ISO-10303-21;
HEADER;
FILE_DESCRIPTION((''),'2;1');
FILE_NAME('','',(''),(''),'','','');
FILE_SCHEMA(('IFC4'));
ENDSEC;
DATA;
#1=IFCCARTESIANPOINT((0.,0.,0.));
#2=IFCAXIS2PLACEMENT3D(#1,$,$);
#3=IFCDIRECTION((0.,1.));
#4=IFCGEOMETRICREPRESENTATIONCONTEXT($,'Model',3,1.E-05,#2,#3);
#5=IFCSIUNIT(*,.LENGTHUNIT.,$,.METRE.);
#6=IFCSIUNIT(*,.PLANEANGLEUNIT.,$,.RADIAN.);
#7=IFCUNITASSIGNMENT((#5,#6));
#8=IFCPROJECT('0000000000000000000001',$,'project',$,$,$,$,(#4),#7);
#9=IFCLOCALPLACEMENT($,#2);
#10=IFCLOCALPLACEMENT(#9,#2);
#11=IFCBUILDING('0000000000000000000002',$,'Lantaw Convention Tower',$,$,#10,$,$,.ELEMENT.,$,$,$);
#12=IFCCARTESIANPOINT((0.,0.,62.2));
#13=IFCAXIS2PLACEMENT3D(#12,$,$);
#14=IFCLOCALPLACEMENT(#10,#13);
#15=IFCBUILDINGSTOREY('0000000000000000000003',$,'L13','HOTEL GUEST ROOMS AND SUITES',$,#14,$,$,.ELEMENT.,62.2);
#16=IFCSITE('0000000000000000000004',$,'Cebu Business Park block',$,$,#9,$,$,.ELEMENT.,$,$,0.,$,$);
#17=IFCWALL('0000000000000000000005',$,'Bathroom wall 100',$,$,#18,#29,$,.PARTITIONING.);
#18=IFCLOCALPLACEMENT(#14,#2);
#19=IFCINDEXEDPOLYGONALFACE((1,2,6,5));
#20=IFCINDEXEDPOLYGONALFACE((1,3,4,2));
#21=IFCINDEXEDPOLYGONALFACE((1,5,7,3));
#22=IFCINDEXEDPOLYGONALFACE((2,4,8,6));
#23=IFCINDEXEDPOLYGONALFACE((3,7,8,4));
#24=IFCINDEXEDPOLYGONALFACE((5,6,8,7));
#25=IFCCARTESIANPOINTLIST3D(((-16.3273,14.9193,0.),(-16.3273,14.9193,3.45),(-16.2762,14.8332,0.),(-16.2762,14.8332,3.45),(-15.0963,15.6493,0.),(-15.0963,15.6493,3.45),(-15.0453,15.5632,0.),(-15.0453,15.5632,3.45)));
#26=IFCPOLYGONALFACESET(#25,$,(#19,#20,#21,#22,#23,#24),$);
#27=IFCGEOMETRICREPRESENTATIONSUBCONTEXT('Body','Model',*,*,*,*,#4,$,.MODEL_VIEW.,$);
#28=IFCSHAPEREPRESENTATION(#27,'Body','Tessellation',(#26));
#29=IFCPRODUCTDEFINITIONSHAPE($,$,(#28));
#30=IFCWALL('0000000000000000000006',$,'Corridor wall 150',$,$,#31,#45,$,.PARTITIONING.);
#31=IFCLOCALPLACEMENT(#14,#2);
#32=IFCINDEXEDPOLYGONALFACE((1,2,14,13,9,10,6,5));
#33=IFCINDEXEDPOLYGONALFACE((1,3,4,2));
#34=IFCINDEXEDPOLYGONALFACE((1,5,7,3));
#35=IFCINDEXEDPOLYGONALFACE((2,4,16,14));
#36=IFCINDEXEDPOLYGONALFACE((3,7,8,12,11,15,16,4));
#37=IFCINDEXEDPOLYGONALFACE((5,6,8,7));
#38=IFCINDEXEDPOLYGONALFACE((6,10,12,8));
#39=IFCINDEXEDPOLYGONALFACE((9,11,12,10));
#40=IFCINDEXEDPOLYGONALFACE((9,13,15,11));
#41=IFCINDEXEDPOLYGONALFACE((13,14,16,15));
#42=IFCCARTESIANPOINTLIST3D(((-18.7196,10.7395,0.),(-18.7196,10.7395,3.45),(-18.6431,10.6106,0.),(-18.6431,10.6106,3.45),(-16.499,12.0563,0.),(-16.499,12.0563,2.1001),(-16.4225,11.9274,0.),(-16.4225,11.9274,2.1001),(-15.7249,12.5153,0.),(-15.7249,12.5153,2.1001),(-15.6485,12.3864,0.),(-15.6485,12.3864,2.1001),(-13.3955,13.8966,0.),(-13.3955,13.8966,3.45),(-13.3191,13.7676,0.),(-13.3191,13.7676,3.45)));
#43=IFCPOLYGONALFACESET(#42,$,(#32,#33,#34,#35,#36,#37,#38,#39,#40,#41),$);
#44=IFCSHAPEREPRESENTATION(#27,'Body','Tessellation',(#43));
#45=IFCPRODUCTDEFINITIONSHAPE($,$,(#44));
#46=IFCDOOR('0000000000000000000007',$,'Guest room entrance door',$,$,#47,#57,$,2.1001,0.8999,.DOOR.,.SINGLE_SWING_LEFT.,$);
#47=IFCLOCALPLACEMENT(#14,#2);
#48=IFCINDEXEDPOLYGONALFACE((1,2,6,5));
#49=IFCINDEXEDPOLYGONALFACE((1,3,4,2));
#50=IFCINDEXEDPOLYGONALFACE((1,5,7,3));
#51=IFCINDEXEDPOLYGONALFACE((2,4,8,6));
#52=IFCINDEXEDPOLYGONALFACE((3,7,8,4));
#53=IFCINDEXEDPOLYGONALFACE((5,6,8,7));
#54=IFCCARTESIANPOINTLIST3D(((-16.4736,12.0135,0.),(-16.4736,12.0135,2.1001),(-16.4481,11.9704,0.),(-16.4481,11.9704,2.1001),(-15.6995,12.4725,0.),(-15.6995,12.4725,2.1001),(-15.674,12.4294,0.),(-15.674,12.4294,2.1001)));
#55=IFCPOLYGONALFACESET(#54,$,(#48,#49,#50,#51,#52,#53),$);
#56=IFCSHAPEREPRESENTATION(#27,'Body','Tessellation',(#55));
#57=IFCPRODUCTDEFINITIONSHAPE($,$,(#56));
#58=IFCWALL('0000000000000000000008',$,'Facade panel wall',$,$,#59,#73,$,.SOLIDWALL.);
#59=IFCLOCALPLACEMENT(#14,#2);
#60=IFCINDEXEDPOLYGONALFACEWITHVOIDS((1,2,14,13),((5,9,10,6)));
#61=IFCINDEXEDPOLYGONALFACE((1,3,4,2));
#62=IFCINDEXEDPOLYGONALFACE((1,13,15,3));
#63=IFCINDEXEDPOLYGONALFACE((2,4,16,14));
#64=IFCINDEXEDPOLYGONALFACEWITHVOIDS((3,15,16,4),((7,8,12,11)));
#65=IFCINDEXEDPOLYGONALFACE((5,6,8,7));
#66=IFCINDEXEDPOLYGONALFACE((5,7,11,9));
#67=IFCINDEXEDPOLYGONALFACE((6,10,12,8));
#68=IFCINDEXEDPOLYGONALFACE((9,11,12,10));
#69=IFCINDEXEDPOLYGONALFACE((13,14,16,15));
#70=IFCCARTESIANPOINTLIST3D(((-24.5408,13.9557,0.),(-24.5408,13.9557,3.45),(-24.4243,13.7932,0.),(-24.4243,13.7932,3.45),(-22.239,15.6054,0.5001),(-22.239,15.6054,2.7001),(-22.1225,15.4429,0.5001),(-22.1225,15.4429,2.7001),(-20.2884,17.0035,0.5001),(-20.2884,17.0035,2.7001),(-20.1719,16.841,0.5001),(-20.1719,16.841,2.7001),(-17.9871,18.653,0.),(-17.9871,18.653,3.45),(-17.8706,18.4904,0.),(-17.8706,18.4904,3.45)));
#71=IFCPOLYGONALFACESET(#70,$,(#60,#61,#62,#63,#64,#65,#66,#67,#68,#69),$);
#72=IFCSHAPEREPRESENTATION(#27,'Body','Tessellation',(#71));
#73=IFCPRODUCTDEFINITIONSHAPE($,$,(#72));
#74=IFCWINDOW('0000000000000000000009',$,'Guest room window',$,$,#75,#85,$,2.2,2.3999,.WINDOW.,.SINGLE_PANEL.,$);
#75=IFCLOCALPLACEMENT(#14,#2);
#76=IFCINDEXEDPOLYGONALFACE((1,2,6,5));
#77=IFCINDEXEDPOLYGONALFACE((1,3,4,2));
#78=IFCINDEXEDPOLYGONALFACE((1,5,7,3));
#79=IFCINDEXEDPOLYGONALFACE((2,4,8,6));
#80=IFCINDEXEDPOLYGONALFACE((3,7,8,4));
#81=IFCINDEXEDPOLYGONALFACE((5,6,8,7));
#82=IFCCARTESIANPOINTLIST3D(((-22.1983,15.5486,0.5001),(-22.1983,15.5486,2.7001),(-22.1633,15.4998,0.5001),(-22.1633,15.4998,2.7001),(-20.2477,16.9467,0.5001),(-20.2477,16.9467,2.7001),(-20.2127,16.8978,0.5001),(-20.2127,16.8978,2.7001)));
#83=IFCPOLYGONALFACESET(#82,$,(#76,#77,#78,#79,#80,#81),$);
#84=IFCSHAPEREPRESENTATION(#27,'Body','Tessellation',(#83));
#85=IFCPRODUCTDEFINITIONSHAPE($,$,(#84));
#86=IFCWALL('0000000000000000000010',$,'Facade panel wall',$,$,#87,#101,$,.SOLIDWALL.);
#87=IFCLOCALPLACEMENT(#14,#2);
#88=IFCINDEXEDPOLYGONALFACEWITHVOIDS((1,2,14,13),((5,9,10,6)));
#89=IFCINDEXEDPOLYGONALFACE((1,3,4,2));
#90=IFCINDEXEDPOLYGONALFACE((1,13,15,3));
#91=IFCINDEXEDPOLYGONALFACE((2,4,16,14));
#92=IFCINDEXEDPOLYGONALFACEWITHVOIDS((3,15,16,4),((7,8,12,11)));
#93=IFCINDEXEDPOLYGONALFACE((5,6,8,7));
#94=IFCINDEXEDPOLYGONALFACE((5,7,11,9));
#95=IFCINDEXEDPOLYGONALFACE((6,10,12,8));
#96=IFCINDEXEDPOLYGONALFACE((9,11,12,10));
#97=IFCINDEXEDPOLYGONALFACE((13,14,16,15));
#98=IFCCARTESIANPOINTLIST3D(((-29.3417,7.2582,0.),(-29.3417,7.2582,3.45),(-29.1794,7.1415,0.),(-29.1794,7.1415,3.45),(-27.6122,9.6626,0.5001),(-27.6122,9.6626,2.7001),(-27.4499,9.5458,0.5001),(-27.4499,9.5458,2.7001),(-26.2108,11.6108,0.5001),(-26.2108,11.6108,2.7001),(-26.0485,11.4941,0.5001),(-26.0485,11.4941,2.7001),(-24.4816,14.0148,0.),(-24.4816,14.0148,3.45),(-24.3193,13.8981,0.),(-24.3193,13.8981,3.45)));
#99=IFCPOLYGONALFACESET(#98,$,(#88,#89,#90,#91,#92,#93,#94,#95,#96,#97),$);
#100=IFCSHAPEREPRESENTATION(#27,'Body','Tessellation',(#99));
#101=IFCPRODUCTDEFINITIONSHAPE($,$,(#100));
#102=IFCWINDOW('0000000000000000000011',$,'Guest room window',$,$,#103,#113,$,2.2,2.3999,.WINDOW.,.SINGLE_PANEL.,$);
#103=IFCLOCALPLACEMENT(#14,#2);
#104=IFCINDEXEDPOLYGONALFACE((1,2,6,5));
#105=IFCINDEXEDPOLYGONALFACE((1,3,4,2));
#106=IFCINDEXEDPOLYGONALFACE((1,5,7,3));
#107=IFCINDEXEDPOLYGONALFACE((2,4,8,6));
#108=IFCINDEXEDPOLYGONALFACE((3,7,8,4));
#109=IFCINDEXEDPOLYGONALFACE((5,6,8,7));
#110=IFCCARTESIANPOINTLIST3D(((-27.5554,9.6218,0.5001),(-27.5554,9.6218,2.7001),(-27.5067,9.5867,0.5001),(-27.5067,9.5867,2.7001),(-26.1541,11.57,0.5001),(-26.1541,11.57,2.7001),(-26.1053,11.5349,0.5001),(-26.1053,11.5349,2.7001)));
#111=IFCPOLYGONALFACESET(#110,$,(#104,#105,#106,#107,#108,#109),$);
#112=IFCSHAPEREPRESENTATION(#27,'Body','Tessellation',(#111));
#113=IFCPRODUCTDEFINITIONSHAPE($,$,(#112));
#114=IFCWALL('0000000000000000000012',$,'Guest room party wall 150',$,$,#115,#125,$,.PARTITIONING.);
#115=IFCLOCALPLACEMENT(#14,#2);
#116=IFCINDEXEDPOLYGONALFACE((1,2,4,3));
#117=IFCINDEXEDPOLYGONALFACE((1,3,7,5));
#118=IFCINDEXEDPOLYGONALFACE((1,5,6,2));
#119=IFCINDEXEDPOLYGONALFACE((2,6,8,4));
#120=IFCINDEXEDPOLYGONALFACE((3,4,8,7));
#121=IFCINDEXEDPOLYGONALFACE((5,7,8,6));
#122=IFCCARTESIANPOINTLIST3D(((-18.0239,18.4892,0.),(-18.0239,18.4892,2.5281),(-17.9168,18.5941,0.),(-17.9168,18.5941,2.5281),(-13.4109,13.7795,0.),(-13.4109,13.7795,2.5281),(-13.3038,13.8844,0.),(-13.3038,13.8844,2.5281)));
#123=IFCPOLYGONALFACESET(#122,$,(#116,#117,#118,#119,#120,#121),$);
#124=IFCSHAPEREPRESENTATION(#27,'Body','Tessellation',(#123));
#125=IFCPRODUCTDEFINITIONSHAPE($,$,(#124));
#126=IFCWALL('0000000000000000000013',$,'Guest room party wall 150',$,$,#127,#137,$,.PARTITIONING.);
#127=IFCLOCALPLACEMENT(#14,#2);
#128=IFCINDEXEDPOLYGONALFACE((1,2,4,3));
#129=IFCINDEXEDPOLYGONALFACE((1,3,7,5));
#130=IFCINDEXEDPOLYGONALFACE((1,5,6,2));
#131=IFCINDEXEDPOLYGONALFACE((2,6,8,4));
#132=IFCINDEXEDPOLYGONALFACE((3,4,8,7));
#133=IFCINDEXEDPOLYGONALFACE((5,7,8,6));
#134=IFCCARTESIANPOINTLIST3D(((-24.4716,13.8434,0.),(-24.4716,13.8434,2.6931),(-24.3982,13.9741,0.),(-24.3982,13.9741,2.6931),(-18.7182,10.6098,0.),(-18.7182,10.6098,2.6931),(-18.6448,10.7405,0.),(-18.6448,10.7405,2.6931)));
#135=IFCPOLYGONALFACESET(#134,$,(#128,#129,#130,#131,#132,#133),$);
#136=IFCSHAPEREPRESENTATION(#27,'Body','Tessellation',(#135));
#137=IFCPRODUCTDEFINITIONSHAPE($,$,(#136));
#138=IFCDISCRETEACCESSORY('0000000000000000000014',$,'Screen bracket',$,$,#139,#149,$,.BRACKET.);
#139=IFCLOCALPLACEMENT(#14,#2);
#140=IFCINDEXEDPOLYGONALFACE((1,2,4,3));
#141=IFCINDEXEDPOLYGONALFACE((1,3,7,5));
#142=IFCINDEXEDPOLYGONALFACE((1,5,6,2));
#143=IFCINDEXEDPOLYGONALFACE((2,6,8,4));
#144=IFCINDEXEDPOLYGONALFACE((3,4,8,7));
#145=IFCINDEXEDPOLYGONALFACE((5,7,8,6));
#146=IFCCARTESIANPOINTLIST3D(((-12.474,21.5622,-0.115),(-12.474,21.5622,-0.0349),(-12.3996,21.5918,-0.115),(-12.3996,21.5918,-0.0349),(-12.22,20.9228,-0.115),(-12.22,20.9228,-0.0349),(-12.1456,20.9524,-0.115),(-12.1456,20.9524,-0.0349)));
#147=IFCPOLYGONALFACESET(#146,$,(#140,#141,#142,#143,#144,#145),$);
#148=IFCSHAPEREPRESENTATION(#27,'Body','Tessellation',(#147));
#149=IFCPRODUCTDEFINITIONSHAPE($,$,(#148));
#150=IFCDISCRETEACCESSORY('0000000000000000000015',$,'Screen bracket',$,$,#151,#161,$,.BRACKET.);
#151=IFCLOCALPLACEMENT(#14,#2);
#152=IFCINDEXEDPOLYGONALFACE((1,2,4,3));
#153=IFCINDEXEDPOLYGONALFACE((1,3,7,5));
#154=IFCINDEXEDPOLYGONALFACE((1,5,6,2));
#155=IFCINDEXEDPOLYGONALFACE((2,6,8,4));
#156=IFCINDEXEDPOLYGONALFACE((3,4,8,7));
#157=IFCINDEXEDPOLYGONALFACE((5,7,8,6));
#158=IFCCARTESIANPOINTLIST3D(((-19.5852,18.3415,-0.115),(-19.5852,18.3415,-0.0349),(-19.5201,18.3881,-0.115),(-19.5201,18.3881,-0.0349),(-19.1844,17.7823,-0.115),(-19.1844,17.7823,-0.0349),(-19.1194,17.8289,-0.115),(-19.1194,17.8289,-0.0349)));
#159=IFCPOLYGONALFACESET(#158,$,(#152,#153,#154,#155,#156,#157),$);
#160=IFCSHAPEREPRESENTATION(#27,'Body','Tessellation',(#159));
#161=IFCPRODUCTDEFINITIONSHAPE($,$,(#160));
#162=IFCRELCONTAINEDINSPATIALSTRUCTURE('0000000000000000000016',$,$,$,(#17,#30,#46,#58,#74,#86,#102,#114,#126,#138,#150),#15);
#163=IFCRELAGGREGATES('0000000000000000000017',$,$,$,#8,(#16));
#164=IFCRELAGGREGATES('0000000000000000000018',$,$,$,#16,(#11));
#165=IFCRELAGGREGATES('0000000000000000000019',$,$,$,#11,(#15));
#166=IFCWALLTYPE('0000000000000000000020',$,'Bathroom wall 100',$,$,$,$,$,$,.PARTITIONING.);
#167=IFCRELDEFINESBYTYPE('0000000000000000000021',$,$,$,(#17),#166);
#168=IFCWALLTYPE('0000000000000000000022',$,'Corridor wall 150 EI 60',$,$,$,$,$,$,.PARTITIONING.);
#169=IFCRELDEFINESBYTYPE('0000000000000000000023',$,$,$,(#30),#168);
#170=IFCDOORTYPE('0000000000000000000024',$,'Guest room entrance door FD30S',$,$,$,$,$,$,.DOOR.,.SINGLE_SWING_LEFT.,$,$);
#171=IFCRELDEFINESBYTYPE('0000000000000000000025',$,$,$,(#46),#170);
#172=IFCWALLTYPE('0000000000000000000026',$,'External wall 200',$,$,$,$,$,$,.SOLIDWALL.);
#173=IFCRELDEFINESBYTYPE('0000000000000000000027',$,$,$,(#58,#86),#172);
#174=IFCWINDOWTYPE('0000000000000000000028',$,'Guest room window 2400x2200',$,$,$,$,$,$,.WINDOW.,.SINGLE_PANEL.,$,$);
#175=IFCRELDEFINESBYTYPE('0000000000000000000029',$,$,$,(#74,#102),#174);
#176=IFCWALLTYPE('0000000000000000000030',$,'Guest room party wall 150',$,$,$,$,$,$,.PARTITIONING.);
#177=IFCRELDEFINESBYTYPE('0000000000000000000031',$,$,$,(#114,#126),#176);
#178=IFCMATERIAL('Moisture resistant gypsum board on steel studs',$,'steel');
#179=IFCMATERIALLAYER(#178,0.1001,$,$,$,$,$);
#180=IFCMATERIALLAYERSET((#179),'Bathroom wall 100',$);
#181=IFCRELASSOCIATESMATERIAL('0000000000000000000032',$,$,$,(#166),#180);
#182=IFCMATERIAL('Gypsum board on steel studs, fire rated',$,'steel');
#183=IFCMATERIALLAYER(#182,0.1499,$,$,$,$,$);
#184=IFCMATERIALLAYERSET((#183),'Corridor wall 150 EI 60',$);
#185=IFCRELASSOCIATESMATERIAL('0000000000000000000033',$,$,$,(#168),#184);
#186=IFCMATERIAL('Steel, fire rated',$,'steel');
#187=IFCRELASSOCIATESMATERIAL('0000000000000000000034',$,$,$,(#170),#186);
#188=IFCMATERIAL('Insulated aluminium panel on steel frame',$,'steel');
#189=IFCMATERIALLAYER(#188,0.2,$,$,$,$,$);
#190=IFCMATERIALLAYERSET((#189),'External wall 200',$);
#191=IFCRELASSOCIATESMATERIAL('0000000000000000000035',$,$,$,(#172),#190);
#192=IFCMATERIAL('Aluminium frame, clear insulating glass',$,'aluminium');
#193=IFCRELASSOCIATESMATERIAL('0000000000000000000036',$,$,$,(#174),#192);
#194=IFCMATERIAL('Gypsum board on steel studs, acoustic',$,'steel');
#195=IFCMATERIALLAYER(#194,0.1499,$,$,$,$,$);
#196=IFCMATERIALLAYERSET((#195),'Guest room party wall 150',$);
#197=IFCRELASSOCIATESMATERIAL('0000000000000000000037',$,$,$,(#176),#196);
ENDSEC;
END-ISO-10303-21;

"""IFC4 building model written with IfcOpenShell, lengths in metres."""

from ifc_helpers import new_model, si_unit, direction, frame, frame_2d, origin, origin_2d, place, context, subcontext, project, spatial, rectangle, extrude, material, layer, layer_set, type_object, element, fill, save


model = new_model("IFC4")

# Units and contexts
model_context = context("Model", 3, precision=1e-05, world=origin(), true_north=direction((0.0, 1.0)))
body_context = subcontext(model_context, "Body", "Model", "MODEL_VIEW")
ifc_project = project(units=[si_unit("LENGTHUNIT", "METRE"), si_unit("PLANEANGLEUNIT", "RADIAN")], contexts=[model_context])

# Site, building, storey
site_placement = place(None, origin())
site = spatial("IfcSite", under=ifc_project, at=site_placement, Name="Cebu Business Park block", CompositionType="ELEMENT", RefElevation=0.0)
building_placement = place(site_placement, origin())
building = spatial("IfcBuilding", under=site, at=building_placement, Name="Lantaw Convention Tower", CompositionType="ELEMENT")
storey_placement = place(building_placement, frame((0.0, 0.0, 62.2)))
storey = spatial("IfcBuildingStorey", under=building, at=storey_placement, Name="L13", Description="HOTEL GUEST ROOMS AND SUITES", CompositionType="ELEMENT", Elevation=62.2)

# Wall
ifc_material_1 = material(Name="Moisture resistant gypsum board on steel studs", Category="steel")
ifc_layer_1 = layer(ifc_material_1, 0.1001)
ifc_layer_set_1 = layer_set([ifc_layer_1], Name="Bathroom wall 100")
wall_type_1 = type_object("IfcWallType", Name="Bathroom wall 100", PredefinedType="PARTITIONING", material=ifc_layer_set_1)
wall_1_placement = place(storey_placement, frame((-16.3018, 14.8762, 0.0), z_axis=(0.0, 0.0, 1.0), x_axis=(0.860131, 0.510074, 0.0)))
element("IfcWall", 1, at=wall_1_placement, inside=storey, type_object=wall_type_1, Name="Bathroom wall 100", PredefinedType="PARTITIONING", context=body_context, shape_type="SweptSolid", body=[
    extrude(rectangle(XDim=1.4312, YDim=0.1001, at=frame_2d((0.7156, 0.0))), origin(), (0.0, 0.0, 1.0), 3.45),
])

# Wall, opening, door
ifc_material_2 = material(Name="Gypsum board on steel studs, fire rated", Category="steel")
ifc_layer_2 = layer(ifc_material_2, 0.1499)
ifc_layer_set_2 = layer_set([ifc_layer_2], Name="Corridor wall 150 EI 60")
wall_type_2 = type_object("IfcWallType", Name="Corridor wall 150 EI 60", PredefinedType="PARTITIONING", material=ifc_layer_set_2)
wall_2_placement = place(storey_placement, frame((-13.3574, 13.832, 0.0), z_axis=(0.0, 0.0, 1.0), x_axis=(-0.860147, -0.510046, 0.0)))
wall_2 = element("IfcWall", 2, at=wall_2_placement, inside=storey, type_object=wall_type_2, Name="Corridor wall 150", PredefinedType="PARTITIONING", context=body_context, shape_type="SweptSolid", body=[
    extrude(rectangle(XDim=6.1897, YDim=0.1499, at=frame_2d((3.0947, 0.0))), origin(), (0.0, 0.0, 1.0), 3.45),
])
opening_1_placement = place(wall_2_placement, frame((2.708, 0.0, 0.0)))
opening_1 = element("IfcOpeningElement", 3, at=opening_1_placement, cuts=wall_2, PredefinedType="OPENING", context=body_context, shape_type="SweptSolid", body=[
    extrude(rectangle(XDim=0.8999, YDim=2.1001, at=frame_2d((0.45, 1.05))), frame((0.0, 0.085, 0.0), z_axis=(0.0, -1.0, 0.0), x_axis=(1.0, 0.0, 0.0)), (0.0, 0.0, 1.0), 0.1699),
])
ifc_material_3 = material(Name="Steel, fire rated", Category="steel")
door_type = type_object("IfcDoorType", Name="Guest room entrance door FD30S", OperationType="SINGLE_SWING_LEFT", PredefinedType="DOOR", material=ifc_material_3)
door_placement = place(opening_1_placement, origin())
door = element("IfcDoor", 4, at=door_placement, inside=storey, type_object=door_type, Name="Guest room entrance door", OperationType="SINGLE_SWING_LEFT", OverallHeight=2.1001, OverallWidth=0.8999, PredefinedType="DOOR", context=body_context, shape_type="SweptSolid", body=[
    extrude(rectangle(XDim=0.8999, YDim=2.1001, at=frame_2d((0.45, 1.05))), frame((0.0, 0.0249, 0.0), z_axis=(0.0, -1.0, 0.0), x_axis=(1.0, 0.0, 0.0)), (0.0, 0.0, 1.0), 0.05),
])
fill(opening_1, door)

# Walls, openings, windows
ifc_material_4 = material(Name="Insulated aluminium panel on steel frame", Category="steel")
ifc_layer_3 = layer(ifc_material_4, 0.2)
ifc_layer_set_3 = layer_set([ifc_layer_3], Name="External wall 200")
wall_type_3 = type_object("IfcWallType", Name="External wall 200", PredefinedType="SOLIDWALL", material=ifc_layer_set_3)
wall_3_placement = place(storey_placement, frame((-17.9287, 18.5718, 0.0), z_axis=(0.0, 0.0, 1.0), x_axis=(-0.812791, -0.582555, 0.0)))
wall_3 = element("IfcWall", 5, at=wall_3_placement, inside=storey, type_object=wall_type_3, Name="Facade panel wall", PredefinedType="SOLIDWALL", context=body_context, shape_type="SweptSolid", body=[
    extrude(rectangle(XDim=8.0632, YDim=0.2, at=frame_2d((4.0317, 0.0))), origin(), (0.0, 0.0, 1.0), 3.45),
])
opening_2_placement = place(wall_3_placement, frame((2.8315, 0.0, 0.5)))
opening_2 = element("IfcOpeningElement", 6, at=opening_2_placement, cuts=wall_3, PredefinedType="OPENING", context=body_context, shape_type="SweptSolid", body=[
    extrude(rectangle(XDim=2.3999, YDim=2.2, at=frame_2d((1.2, 1.1001))), frame((0.0, 0.1099, 0.0), z_axis=(0.0, -1.0, 0.0), x_axis=(1.0, 0.0, 0.0)), (0.0, 0.0, 1.0), 0.22),
])
ifc_material_5 = material(Name="Aluminium frame, clear insulating glass", Category="aluminium")
window_type = type_object("IfcWindowType", Name="Guest room window 2400x2200", PartitioningType="SINGLE_PANEL", PredefinedType="WINDOW", material=ifc_material_5)
window_1_placement = place(opening_2_placement, origin())
window_1 = element("IfcWindow", 7, at=window_1_placement, inside=storey, type_object=window_type, Name="Guest room window", OverallHeight=2.2, OverallWidth=2.3999, PartitioningType="SINGLE_PANEL", PredefinedType="WINDOW", context=body_context, shape_type="SweptSolid", body=[
    extrude(rectangle(XDim=2.3999, YDim=2.2, at=frame_2d((1.2, 1.1001))), frame((0.0, 0.03, 0.0), z_axis=(0.0, -1.0, 0.0), x_axis=(1.0, 0.0, 0.0)), (0.0, 0.0, 1.0), 0.0601),
])
fill(opening_2, window_1)
wall_4_placement = place(storey_placement, frame((-24.4004, 13.9565, 0.0), z_axis=(0.0, 0.0, 1.0), x_axis=(-0.583938, -0.811799, 0.0)))
wall_4 = element("IfcWall", 8, at=wall_4_placement, inside=storey, type_object=wall_type_3, Name="Facade panel wall", PredefinedType="SOLIDWALL", context=body_context, shape_type="SweptSolid", body=[
    extrude(rectangle(XDim=8.323, YDim=0.2, at=frame_2d((4.1616, 0.0))), origin(), (0.0, 0.0, 1.0), 3.45),
])
opening_3_placement = place(wall_4_placement, frame((2.9614, 0.0, 0.5)))
opening_3 = element("IfcOpeningElement", 9, at=opening_3_placement, cuts=wall_4, PredefinedType="OPENING", context=body_context, shape_type="SweptSolid", body=[
    extrude(rectangle(XDim=2.3999, YDim=2.2, at=frame_2d((1.2, 1.1001))), frame((0.0, 0.1099, 0.0), z_axis=(0.0, -1.0, 0.0), x_axis=(1.0, 0.0, 0.0)), (0.0, 0.0, 1.0), 0.22),
])
window_2_placement = place(opening_3_placement, origin())
window_2 = element("IfcWindow", 10, at=window_2_placement, inside=storey, type_object=window_type, Name="Guest room window", OverallHeight=2.2, OverallWidth=2.3999, PartitioningType="SINGLE_PANEL", PredefinedType="WINDOW", context=body_context, shape_type="SweptSolid", body=[
    extrude(rectangle(XDim=2.3999, YDim=2.2, at=frame_2d((1.2, 1.1001))), frame((0.0, 0.03, 0.0), z_axis=(0.0, -1.0, 0.0), x_axis=(1.0, 0.0, 0.0)), (0.0, 0.0, 1.0), 0.0601),
])
fill(opening_3, window_2)

# Walls
ifc_material_6 = material(Name="Gypsum board on steel studs, acoustic", Category="steel")
ifc_layer_4 = layer(ifc_material_6, 0.1499)
ifc_layer_set_4 = layer_set([ifc_layer_4], Name="Guest room party wall 150")
wall_type_4 = type_object("IfcWallType", Name="Guest room party wall 150", PredefinedType="PARTITIONING", material=ifc_layer_set_4)
wall_5_placement = place(storey_placement, frame((-17.9705, 18.5417, 0.0), z_axis=(0.0, 0.0, 1.0), x_axis=(0.699736, -0.714401, 0.0)))
element("IfcWall", 11, at=wall_5_placement, inside=storey, type_object=wall_type_4, Name="Guest room party wall 150", PredefinedType="PARTITIONING", context=body_context, shape_type="SweptSolid", body=[
    extrude(rectangle(XDim=6.5925, YDim=0.1499, at=frame_2d((3.2964, 0.0))), origin(), (0.0, 0.0, 1.0), 2.5281),
])
wall_6_placement = place(storey_placement, frame((-24.4348, 13.9087, 0.0), z_axis=(0.0, 0.0, 1.0), x_axis=(0.871747, -0.489956, 0.0)))
element("IfcWall", 12, at=wall_6_placement, inside=storey, type_object=wall_type_4, Name="Guest room party wall 150", PredefinedType="PARTITIONING", context=body_context, shape_type="SweptSolid", body=[
    extrude(rectangle(XDim=6.5999, YDim=0.1499, at=frame_2d((3.2998, 0.0))), origin(), (0.0, 0.0, 1.0), 2.6931),
])

# Discrete accessories
for number, where, z_axis, x_axis, name in (
    (13, (-12.3098, 21.2573, -0.115), (0.0, 0.0, 1.0), (-0.929361, -0.369172, 0.0), "Screen bracket"),
    (14, (-19.3523, 18.0852, -0.115), (0.0, 0.0, 1.0), (-0.812804, -0.582538, 0.0), "Screen bracket"),
):
    element("IfcDiscreteAccessory", number, at=place(storey_placement, frame(where, z_axis=z_axis, x_axis=x_axis)), inside=storey, Name=name, PredefinedType="BRACKET", context=body_context, shape_type="SweptSolid", body=[
        extrude(rectangle(XDim=0.0801, YDim=0.688, at=origin_2d()), origin(), (0.0, 0.0, 1.0), 0.0801),
    ])

save(model, "model.ifc")
